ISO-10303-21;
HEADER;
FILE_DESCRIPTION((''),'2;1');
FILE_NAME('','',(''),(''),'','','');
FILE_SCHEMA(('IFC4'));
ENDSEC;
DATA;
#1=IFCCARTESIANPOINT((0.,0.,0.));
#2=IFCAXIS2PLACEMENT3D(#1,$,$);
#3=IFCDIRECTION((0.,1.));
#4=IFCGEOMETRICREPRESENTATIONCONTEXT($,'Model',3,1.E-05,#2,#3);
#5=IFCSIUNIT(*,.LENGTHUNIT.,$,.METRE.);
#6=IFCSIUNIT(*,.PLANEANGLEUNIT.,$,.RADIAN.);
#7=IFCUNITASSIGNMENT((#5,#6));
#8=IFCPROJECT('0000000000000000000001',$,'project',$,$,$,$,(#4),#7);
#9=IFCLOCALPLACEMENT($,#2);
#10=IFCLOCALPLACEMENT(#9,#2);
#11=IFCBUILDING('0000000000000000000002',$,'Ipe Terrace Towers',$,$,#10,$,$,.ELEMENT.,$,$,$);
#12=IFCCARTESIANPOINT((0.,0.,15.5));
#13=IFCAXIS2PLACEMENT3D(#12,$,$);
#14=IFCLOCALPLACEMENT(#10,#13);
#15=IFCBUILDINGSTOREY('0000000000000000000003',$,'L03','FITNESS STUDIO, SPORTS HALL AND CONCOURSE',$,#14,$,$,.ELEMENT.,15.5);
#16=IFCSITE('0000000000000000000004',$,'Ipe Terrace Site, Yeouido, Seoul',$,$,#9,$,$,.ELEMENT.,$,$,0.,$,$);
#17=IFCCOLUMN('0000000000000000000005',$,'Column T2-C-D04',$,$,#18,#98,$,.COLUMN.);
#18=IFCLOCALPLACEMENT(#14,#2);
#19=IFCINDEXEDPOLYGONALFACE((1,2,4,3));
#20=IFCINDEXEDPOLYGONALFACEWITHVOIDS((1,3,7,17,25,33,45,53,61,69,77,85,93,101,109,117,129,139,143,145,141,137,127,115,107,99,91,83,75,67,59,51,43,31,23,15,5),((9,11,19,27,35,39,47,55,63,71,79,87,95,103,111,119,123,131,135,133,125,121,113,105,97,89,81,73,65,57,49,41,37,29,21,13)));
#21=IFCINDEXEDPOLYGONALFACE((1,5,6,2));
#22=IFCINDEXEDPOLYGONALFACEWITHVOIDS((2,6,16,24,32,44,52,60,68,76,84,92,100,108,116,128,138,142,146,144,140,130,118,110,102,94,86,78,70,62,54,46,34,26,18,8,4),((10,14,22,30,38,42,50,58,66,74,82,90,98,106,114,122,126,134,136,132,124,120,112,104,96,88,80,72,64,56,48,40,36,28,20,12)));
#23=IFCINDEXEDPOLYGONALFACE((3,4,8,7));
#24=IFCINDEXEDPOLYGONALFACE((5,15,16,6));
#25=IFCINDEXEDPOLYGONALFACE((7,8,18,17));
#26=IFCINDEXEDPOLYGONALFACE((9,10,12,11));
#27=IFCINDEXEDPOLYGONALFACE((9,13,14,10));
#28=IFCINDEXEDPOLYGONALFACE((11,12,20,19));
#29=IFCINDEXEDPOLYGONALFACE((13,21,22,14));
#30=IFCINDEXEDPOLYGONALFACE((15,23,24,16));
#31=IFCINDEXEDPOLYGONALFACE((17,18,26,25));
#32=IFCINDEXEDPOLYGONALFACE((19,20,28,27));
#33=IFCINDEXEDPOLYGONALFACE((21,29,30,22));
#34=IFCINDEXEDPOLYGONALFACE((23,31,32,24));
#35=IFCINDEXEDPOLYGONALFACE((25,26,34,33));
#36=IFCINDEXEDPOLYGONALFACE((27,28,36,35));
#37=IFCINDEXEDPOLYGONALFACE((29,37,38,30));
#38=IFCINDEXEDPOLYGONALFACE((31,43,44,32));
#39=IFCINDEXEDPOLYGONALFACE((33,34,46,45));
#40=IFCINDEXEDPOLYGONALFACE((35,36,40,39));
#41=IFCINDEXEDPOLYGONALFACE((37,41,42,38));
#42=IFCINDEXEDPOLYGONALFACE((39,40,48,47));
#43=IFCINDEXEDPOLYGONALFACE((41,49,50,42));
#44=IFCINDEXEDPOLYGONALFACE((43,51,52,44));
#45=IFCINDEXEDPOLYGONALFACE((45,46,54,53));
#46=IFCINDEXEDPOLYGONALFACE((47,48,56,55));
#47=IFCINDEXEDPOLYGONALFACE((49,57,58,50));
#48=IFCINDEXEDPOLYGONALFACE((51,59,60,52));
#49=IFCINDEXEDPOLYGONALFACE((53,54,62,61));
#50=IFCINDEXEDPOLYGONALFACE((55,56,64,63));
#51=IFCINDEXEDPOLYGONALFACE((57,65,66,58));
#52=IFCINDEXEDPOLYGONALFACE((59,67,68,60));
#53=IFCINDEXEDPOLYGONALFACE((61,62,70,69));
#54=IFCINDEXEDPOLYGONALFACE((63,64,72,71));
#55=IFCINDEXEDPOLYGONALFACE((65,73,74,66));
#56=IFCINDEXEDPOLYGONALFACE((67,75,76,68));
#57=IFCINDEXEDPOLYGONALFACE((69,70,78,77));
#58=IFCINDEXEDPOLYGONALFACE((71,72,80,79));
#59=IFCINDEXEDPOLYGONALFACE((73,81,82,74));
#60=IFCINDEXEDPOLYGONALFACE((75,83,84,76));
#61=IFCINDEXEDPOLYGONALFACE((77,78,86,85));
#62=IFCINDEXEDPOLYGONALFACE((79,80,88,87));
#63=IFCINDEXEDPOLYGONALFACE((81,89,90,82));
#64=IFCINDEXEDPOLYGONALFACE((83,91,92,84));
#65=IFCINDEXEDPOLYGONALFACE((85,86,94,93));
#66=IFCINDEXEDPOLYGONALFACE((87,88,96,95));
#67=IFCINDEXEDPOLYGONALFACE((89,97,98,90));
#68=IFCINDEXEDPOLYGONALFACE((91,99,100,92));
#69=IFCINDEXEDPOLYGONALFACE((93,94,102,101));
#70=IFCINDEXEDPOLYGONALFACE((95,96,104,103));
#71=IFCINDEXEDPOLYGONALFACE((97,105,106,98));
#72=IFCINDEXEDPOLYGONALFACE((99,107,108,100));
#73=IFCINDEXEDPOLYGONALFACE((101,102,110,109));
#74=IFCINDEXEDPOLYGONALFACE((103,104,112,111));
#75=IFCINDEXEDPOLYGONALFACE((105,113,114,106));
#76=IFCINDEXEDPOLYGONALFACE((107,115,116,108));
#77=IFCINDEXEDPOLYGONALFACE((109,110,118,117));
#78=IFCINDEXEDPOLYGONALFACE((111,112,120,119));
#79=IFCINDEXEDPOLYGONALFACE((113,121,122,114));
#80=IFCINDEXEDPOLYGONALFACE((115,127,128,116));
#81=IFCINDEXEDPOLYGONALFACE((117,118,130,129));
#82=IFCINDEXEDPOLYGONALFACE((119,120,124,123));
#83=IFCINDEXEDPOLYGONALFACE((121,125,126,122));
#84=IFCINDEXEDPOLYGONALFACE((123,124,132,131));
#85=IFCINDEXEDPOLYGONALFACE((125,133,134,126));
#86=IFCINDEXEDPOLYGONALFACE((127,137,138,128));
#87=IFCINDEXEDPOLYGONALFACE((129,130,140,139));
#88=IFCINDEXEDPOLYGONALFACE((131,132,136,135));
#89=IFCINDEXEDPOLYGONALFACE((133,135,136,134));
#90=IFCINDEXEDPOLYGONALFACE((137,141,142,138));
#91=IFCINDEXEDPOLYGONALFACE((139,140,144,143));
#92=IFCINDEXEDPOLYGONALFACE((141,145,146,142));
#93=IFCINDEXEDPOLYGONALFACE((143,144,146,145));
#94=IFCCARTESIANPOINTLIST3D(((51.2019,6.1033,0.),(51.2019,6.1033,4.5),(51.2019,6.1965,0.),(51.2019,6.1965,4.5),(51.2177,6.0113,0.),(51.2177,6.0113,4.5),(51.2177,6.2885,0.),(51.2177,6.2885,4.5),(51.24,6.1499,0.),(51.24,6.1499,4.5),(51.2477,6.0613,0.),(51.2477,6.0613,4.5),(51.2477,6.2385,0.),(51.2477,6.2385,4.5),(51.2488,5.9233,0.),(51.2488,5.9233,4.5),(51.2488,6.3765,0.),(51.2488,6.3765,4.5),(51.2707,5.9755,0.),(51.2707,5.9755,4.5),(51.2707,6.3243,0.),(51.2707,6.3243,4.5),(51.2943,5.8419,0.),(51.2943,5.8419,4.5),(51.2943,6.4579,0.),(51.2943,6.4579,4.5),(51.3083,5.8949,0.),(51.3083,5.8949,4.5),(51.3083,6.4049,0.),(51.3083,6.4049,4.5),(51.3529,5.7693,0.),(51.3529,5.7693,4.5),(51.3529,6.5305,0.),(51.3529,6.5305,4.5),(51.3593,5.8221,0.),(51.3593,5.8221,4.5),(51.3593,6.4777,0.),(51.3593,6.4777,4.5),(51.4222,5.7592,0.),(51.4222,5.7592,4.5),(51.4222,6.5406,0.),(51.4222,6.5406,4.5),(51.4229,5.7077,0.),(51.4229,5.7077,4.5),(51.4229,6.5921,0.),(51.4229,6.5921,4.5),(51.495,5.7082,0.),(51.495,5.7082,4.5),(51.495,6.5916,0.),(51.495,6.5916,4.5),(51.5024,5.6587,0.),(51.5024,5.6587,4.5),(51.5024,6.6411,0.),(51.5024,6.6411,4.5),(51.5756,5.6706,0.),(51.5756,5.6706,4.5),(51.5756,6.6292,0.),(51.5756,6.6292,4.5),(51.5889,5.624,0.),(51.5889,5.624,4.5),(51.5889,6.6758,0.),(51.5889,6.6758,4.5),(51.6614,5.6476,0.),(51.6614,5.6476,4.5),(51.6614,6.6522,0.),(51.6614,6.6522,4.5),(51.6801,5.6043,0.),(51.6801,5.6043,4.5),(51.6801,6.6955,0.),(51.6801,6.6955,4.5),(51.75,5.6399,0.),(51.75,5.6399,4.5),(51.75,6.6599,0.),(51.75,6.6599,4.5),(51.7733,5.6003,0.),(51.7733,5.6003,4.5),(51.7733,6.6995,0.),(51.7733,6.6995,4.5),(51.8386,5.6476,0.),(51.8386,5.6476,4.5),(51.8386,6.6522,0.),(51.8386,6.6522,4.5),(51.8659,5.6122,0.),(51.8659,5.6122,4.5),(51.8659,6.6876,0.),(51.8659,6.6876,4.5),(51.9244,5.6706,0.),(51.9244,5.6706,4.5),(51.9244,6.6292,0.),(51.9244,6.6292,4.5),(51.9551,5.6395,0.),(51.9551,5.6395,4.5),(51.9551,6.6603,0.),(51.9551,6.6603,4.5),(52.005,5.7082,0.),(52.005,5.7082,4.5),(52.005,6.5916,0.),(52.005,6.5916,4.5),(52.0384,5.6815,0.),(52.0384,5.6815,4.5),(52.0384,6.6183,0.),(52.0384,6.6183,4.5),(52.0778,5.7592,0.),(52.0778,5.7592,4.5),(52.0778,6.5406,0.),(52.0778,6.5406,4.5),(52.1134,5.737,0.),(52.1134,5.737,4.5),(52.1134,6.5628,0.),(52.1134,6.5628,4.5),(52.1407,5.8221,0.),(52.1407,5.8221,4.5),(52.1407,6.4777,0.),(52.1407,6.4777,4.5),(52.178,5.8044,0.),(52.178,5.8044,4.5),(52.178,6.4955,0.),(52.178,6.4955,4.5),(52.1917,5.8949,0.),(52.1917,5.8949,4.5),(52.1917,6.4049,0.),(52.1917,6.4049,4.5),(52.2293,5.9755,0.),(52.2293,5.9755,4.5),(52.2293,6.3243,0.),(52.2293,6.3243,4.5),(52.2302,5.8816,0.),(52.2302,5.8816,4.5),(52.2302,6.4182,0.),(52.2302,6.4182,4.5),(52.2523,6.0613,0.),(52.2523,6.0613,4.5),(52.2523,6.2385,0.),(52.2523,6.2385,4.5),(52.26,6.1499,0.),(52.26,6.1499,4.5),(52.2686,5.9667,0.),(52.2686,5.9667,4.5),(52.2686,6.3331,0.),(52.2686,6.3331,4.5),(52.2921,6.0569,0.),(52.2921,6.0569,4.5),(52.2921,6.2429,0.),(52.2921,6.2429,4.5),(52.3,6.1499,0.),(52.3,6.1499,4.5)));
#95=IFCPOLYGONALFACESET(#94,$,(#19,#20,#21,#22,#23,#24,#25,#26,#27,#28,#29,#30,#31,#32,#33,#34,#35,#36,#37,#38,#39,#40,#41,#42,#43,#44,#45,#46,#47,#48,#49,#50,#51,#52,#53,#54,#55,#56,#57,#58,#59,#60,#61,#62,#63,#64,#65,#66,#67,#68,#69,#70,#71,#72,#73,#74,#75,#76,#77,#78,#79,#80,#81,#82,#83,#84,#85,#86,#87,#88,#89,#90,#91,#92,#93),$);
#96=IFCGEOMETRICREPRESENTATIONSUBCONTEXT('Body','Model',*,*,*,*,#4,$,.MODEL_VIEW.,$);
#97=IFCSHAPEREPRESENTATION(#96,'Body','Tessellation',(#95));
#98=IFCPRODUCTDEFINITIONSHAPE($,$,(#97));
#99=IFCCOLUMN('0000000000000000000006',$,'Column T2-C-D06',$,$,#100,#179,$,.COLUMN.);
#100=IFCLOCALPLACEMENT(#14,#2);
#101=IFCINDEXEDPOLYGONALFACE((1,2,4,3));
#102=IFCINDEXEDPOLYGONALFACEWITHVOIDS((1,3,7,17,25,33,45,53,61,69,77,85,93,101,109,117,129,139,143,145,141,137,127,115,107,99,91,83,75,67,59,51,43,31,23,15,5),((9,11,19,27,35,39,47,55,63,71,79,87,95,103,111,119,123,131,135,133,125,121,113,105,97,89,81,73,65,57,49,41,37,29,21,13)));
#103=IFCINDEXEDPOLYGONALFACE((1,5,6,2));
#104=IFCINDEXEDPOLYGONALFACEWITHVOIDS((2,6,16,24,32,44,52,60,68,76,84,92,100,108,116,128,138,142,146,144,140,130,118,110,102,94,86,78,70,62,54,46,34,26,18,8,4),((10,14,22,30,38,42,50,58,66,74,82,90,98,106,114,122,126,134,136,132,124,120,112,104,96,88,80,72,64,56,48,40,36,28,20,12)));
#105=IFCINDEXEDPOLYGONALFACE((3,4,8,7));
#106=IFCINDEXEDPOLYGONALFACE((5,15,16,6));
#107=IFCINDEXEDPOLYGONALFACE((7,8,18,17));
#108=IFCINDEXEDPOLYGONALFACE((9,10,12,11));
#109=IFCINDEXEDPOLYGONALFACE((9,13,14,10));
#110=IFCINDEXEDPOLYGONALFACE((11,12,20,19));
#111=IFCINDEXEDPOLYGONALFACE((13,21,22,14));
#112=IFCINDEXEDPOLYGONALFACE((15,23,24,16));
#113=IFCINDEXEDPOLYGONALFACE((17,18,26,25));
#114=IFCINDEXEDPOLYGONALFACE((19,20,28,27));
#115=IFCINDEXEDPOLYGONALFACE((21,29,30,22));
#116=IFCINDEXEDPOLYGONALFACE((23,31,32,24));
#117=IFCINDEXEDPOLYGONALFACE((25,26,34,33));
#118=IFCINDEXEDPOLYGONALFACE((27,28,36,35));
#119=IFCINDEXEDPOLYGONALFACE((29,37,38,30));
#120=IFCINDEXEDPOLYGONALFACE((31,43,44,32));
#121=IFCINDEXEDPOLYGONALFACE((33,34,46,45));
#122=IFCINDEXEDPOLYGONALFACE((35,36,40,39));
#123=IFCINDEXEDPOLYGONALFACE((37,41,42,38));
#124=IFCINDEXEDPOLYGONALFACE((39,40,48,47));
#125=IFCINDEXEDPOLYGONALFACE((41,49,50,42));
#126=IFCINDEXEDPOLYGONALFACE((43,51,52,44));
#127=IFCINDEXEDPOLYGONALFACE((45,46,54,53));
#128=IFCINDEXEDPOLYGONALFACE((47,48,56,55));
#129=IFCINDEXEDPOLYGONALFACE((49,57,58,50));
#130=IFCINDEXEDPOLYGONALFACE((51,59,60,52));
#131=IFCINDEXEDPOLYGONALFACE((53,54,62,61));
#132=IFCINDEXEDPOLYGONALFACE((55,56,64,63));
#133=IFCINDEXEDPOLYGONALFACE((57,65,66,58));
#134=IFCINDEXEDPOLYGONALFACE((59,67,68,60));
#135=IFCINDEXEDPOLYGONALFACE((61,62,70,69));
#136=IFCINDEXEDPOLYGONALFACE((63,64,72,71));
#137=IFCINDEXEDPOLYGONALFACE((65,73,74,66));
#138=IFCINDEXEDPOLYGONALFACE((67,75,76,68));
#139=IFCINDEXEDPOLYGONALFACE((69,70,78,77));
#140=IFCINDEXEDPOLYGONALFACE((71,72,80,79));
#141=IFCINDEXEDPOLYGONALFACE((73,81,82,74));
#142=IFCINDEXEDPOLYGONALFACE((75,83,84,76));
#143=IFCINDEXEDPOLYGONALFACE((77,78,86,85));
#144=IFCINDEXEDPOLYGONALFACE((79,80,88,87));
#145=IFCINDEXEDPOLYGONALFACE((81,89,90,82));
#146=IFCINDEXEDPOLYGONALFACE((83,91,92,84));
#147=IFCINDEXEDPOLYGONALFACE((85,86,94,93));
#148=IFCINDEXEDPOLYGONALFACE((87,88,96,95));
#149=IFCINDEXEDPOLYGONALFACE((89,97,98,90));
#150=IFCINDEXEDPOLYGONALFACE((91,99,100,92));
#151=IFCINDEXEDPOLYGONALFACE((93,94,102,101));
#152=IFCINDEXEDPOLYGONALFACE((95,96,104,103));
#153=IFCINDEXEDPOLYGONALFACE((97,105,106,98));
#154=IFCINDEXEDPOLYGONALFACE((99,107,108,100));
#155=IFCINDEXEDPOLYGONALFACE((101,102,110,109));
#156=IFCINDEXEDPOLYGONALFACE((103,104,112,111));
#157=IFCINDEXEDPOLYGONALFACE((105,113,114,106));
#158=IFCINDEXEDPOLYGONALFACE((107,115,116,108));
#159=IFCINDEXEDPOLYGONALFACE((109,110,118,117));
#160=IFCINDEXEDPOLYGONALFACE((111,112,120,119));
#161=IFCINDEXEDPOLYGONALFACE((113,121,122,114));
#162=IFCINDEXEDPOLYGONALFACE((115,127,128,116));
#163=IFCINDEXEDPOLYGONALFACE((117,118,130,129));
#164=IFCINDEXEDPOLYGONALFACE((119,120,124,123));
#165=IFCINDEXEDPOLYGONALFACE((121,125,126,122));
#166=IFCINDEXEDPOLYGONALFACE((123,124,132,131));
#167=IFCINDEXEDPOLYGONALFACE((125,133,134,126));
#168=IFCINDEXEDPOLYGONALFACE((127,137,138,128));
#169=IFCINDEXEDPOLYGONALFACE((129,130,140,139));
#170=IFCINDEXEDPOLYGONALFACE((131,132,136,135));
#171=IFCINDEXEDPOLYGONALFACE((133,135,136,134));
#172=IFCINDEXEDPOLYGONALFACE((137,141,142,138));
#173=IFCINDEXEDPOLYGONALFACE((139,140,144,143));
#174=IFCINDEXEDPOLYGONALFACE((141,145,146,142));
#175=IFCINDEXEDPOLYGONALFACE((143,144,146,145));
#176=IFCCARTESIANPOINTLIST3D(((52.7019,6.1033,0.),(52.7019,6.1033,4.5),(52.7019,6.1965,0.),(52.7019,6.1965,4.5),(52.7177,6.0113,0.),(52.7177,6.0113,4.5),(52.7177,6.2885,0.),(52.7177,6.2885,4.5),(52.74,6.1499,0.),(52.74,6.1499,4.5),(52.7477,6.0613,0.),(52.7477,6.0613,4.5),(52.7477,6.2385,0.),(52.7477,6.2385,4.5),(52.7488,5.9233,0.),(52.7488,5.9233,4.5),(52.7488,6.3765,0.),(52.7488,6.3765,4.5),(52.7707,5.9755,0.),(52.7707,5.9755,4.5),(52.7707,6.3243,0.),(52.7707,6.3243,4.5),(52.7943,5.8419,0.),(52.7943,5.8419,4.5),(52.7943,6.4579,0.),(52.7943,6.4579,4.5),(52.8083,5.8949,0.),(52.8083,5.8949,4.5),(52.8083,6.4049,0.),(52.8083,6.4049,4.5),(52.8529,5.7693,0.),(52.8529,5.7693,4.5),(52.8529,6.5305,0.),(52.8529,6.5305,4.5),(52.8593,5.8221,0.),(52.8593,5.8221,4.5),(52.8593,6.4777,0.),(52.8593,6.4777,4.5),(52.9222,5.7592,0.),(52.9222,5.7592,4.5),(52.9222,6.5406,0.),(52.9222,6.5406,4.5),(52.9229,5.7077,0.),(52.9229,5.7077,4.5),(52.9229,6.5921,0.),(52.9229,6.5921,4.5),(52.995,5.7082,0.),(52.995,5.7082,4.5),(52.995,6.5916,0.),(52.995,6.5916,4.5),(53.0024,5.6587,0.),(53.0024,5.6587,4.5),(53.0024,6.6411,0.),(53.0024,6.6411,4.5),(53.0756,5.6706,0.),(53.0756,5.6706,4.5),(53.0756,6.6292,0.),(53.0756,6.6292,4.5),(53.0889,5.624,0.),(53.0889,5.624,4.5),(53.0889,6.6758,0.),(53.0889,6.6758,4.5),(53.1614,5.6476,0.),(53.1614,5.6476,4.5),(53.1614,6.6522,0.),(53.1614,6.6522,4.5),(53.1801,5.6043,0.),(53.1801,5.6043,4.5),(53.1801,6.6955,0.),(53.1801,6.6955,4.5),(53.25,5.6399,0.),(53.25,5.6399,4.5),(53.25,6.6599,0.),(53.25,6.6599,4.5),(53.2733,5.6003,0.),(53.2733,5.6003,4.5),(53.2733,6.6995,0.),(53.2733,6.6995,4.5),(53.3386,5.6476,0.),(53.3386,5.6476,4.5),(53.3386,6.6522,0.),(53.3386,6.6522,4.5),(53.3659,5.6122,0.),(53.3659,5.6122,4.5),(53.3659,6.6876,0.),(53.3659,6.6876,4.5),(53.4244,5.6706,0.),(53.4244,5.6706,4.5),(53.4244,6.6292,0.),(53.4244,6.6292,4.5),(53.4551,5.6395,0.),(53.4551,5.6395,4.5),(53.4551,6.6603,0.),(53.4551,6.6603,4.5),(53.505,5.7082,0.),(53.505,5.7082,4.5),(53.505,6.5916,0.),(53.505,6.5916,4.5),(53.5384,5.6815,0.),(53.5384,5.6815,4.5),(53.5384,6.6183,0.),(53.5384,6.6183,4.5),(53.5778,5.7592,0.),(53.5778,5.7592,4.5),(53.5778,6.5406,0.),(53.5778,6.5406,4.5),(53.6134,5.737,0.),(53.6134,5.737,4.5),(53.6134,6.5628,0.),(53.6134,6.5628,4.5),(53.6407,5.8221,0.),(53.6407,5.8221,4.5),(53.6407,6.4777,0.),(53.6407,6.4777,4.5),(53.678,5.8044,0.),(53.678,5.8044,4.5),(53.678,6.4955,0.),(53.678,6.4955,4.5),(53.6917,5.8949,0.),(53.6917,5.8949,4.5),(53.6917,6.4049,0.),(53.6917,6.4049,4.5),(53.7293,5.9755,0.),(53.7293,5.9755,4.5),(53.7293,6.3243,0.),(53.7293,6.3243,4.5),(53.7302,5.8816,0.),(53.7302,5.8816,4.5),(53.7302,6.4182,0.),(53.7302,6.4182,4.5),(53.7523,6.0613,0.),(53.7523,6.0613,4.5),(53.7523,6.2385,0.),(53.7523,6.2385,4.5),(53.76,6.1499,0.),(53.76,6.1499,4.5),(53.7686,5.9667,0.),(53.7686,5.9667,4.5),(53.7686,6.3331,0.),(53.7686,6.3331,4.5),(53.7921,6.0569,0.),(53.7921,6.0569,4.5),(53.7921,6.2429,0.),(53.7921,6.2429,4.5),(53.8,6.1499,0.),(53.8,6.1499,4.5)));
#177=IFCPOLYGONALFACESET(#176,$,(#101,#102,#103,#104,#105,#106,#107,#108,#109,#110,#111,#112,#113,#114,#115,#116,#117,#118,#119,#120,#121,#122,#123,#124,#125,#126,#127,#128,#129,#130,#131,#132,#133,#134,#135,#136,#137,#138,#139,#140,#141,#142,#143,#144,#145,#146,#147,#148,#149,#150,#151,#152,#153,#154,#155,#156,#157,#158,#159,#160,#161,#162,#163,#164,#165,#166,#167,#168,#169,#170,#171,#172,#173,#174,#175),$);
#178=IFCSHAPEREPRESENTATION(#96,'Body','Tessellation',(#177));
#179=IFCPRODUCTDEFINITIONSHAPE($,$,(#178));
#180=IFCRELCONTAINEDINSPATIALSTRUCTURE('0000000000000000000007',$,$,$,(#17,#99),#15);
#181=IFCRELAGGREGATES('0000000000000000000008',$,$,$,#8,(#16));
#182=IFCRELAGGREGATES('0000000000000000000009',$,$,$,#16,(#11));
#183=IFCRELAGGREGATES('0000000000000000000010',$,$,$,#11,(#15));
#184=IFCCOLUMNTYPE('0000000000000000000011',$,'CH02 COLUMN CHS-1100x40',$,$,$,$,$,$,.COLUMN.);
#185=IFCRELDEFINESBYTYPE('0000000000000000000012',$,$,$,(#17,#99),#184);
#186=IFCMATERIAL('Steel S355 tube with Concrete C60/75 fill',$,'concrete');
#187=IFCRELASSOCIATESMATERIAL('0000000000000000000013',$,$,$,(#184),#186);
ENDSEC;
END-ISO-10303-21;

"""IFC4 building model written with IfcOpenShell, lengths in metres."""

from ifc_helpers import new_model, si_unit, direction, frame, origin, origin_2d, place, context, subcontext, project, spatial, hollow_circle, extrude, material, material_profile, profile_set, type_object, element, save


model = new_model("IFC4")

# Units and contexts
model_context = context("Model", 3, precision=1e-05, world=origin(), true_north=direction((0.0, 1.0)))
body_context = subcontext(model_context, "Body", "Model", "MODEL_VIEW")
ifc_project = project(units=[si_unit("LENGTHUNIT", "METRE"), si_unit("PLANEANGLEUNIT", "RADIAN")], contexts=[model_context])

# Site, building, storey
site_placement = place(None, origin())
site = spatial("IfcSite", under=ifc_project, at=site_placement, Name="Ipe Terrace Site, Yeouido, Seoul", CompositionType="ELEMENT", RefElevation=0.0)
building_placement = place(site_placement, origin())
building = spatial("IfcBuilding", under=site, at=building_placement, Name="Ipe Terrace Towers", CompositionType="ELEMENT")
storey_placement = place(building_placement, frame((0.0, 0.0, 15.5)))
storey = spatial("IfcBuildingStorey", under=building, at=storey_placement, Name="L03", Description="FITNESS STUDIO, SPORTS HALL AND CONCOURSE", CompositionType="ELEMENT", Elevation=15.5)

# Columns
ifc_material_1 = material(Name="Steel S355 tube with Concrete C60/75 fill", Category="concrete")
ifc_material_profile_1 = material_profile(ifc_material_1, hollow_circle(Radius=0.55, WallThickness=0.04, at=origin_2d()), Name="CHS-1100x40")
ifc_profile_set_1 = profile_set([ifc_material_profile_1], Name="Steel S355 tube with Concrete C60/75 fill")
column_type_1 = type_object("IfcColumnType", Name="CH02 COLUMN CHS-1100x40", PredefinedType="COLUMN", material=ifc_profile_set_1)
for number, where, z_axis, x_axis, name in (
    (1, (51.75, 6.1499, 0.0), (0.0, 0.0, 1.0), (1.0, 0.0, 0.0), "Column T2-C-D04"),
    (2, (53.25, 6.1499, 0.0), (0.0, 0.0, 1.0), (1.0, 0.0, 0.0), "Column T2-C-D06"),
):
    element("IfcColumn", number, at=place(storey_placement, frame(where, z_axis=z_axis, x_axis=x_axis)), inside=storey, type_object=column_type_1, Name=name, PredefinedType="COLUMN", context=body_context, shape_type="SweptSolid", body=[
        extrude(hollow_circle(Radius=0.55, WallThickness=0.04, at=origin_2d()), origin(), (0.0, 0.0, 1.0), 4.5),
    ])

save(model, "model.ifc")
